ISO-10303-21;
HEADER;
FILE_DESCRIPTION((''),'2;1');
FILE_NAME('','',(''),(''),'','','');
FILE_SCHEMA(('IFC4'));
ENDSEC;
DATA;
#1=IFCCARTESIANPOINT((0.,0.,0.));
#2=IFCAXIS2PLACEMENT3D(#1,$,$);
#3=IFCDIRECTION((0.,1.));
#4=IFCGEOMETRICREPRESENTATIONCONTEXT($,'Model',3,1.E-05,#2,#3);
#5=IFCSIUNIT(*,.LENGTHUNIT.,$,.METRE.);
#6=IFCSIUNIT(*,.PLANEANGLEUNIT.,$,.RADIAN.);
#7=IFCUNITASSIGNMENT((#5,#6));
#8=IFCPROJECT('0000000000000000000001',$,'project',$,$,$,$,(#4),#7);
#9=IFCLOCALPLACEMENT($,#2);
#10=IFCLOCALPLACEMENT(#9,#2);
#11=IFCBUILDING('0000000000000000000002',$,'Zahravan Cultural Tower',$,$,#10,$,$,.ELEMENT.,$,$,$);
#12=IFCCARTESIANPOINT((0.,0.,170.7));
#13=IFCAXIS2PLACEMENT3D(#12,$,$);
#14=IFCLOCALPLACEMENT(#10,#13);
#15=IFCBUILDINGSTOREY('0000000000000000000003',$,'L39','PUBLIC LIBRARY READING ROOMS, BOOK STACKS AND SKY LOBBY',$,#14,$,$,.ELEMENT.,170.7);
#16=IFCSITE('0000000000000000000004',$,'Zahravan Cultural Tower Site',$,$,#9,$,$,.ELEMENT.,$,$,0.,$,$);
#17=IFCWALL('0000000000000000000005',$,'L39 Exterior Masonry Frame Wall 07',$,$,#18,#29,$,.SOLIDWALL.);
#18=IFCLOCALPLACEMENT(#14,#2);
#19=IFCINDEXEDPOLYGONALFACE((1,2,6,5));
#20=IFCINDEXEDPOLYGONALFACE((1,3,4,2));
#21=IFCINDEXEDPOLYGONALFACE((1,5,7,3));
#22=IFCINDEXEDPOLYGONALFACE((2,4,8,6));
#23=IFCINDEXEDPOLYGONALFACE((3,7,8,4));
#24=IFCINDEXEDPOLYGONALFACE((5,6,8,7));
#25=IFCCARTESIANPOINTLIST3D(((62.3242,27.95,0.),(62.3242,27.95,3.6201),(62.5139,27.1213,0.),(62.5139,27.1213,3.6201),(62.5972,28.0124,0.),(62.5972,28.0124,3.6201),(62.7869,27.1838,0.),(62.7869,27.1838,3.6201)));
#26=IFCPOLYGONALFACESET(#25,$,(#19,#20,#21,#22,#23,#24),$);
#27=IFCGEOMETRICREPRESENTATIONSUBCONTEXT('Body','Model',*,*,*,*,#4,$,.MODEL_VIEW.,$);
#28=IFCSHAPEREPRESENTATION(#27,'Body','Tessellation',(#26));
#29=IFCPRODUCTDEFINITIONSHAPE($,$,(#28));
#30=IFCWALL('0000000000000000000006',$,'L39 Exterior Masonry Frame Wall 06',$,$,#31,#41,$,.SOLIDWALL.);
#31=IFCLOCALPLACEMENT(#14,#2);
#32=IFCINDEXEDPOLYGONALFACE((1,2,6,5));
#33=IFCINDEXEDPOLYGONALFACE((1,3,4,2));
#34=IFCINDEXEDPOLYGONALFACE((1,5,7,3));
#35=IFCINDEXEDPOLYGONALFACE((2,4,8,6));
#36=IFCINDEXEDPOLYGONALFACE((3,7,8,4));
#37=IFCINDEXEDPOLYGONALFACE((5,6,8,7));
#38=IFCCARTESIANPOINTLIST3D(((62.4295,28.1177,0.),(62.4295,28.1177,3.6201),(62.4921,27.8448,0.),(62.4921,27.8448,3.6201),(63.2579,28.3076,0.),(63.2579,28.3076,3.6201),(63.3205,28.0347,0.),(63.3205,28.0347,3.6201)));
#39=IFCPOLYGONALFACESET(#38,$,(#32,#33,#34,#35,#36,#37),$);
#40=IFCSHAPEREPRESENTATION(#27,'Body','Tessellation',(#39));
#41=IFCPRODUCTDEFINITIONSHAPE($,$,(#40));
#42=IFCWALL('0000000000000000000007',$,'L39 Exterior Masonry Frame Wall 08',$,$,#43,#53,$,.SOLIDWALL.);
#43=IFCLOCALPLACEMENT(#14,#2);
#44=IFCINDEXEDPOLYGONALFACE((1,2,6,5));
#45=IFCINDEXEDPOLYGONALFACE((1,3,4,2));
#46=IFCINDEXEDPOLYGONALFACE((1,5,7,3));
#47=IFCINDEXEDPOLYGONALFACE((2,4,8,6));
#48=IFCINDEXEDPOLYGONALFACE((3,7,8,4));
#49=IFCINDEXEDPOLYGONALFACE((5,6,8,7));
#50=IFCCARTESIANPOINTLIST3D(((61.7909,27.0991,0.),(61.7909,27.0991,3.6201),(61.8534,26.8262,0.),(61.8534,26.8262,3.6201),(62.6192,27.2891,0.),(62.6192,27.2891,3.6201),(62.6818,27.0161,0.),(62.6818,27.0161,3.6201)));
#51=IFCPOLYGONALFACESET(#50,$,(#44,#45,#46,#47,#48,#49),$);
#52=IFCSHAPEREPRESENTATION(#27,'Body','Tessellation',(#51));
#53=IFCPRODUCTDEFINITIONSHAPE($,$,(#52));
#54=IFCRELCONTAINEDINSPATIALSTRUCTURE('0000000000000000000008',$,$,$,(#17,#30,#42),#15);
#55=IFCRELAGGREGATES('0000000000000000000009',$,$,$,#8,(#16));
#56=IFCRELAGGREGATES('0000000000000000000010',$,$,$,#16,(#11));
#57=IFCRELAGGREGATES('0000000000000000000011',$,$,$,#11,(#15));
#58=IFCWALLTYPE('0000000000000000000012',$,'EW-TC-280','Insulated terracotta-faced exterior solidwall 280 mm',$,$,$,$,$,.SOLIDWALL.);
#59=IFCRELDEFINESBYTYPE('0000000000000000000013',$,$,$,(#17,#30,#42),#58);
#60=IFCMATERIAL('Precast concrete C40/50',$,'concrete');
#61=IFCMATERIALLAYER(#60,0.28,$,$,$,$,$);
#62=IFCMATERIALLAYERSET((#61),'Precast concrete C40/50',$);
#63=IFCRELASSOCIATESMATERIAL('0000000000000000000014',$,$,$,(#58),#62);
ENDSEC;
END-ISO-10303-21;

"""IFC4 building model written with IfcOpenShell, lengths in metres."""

from ifc_helpers import new_model, si_unit, direction, frame, frame_2d, origin, place, context, subcontext, project, spatial, rectangle, extrude, source, transform, mapped, material, layer, layer_set, type_object, element, save


model = new_model("IFC4")

# Units and contexts
model_context = context("Model", 3, precision=1e-05, world=origin(), true_north=direction((0.0, 1.0)))
body_context = subcontext(model_context, "Body", "Model", "MODEL_VIEW")
ifc_project = project(units=[si_unit("LENGTHUNIT", "METRE"), si_unit("PLANEANGLEUNIT", "RADIAN")], contexts=[model_context])

# Site, building, storey
site_placement = place(None, origin())
site = spatial("IfcSite", under=ifc_project, at=site_placement, Name="Zahravan Cultural Tower Site", CompositionType="ELEMENT", RefElevation=0.0)
building_placement = place(site_placement, origin())
building = spatial("IfcBuilding", under=site, at=building_placement, Name="Zahravan Cultural Tower", CompositionType="ELEMENT")
storey_placement = place(building_placement, frame((0.0, 0.0, 170.7)))
storey = spatial("IfcBuildingStorey", under=building, at=storey_placement, Name="L39", Description="PUBLIC LIBRARY READING ROOMS, BOOK STACKS AND SKY LOBBY", CompositionType="ELEMENT", Elevation=170.7)

# Walls
ifc_material_1 = material(Name="Precast concrete C40/50", Category="concrete")
ifc_layer_1 = layer(ifc_material_1, 0.28)
ifc_layer_set_1 = layer_set([ifc_layer_1], Name="Precast concrete C40/50")
wall_type_1 = type_object("IfcWallType", Name="EW-TC-280", Description="Insulated terracotta-faced exterior solidwall 280 mm", PredefinedType="SOLIDWALL", material=ifc_layer_set_1)
shared_shape_1 = source(origin(), body_context, "Body", "SweptSolid", [
    extrude(rectangle(XDim=0.8501, YDim=0.28, at=frame_2d((0.425, 0.0))), origin(), (0.0, 0.0, 1.0), 3.6201),
])
wall_1_placement = place(storey_placement, frame((62.4607, 27.9812, 0.0), z_axis=(0.0, 0.0, 1.0), x_axis=(0.22316, -0.974782, 0.0)))
element("IfcWall", 1, at=wall_1_placement, inside=storey, type_object=wall_type_1, Name="L39 Exterior Masonry Frame Wall 07", PredefinedType="SOLIDWALL", context=body_context, shape_type="MappedRepresentation", body=[
    mapped(shared_shape_1, transform((0.0, 0.0, 0.0), x_axis=(1.0, 0.0, 0.0), y_axis=(0.0, 1.0, 0.0), z_axis=(0.0, 0.0, 1.0), scale=1.0)),
])
shared_shape_2 = source(origin(), body_context, "Body", "SweptSolid", [
    extrude(rectangle(XDim=0.8499, YDim=0.28, at=frame_2d((0.4248, 0.0))), origin(), (0.0, 0.0, 1.0), 3.6201),
])
for number, where, z_axis, x_axis, name in (
    (2, (63.2891, 28.1711, 0.0), (0.0, 0.0, 1.0), (-0.974705, -0.223496, 0.0), "L39 Exterior Masonry Frame Wall 06"),
    (3, (62.6504, 27.1526, 0.0), (0.0, 0.0, 1.0), (-0.974705, -0.223496, 0.0), "L39 Exterior Masonry Frame Wall 08"),
):
    element("IfcWall", number, at=place(storey_placement, frame(where, z_axis=z_axis, x_axis=x_axis)), inside=storey, type_object=wall_type_1, Name=name, PredefinedType="SOLIDWALL", context=body_context, shape_type="MappedRepresentation", body=[
        mapped(shared_shape_2, transform((0.0, 0.0, 0.0), x_axis=(1.0, 0.0, 0.0), y_axis=(0.0, 1.0, 0.0), z_axis=(0.0, 0.0, 1.0), scale=1.0)),
    ])

save(model, "model.ifc")
